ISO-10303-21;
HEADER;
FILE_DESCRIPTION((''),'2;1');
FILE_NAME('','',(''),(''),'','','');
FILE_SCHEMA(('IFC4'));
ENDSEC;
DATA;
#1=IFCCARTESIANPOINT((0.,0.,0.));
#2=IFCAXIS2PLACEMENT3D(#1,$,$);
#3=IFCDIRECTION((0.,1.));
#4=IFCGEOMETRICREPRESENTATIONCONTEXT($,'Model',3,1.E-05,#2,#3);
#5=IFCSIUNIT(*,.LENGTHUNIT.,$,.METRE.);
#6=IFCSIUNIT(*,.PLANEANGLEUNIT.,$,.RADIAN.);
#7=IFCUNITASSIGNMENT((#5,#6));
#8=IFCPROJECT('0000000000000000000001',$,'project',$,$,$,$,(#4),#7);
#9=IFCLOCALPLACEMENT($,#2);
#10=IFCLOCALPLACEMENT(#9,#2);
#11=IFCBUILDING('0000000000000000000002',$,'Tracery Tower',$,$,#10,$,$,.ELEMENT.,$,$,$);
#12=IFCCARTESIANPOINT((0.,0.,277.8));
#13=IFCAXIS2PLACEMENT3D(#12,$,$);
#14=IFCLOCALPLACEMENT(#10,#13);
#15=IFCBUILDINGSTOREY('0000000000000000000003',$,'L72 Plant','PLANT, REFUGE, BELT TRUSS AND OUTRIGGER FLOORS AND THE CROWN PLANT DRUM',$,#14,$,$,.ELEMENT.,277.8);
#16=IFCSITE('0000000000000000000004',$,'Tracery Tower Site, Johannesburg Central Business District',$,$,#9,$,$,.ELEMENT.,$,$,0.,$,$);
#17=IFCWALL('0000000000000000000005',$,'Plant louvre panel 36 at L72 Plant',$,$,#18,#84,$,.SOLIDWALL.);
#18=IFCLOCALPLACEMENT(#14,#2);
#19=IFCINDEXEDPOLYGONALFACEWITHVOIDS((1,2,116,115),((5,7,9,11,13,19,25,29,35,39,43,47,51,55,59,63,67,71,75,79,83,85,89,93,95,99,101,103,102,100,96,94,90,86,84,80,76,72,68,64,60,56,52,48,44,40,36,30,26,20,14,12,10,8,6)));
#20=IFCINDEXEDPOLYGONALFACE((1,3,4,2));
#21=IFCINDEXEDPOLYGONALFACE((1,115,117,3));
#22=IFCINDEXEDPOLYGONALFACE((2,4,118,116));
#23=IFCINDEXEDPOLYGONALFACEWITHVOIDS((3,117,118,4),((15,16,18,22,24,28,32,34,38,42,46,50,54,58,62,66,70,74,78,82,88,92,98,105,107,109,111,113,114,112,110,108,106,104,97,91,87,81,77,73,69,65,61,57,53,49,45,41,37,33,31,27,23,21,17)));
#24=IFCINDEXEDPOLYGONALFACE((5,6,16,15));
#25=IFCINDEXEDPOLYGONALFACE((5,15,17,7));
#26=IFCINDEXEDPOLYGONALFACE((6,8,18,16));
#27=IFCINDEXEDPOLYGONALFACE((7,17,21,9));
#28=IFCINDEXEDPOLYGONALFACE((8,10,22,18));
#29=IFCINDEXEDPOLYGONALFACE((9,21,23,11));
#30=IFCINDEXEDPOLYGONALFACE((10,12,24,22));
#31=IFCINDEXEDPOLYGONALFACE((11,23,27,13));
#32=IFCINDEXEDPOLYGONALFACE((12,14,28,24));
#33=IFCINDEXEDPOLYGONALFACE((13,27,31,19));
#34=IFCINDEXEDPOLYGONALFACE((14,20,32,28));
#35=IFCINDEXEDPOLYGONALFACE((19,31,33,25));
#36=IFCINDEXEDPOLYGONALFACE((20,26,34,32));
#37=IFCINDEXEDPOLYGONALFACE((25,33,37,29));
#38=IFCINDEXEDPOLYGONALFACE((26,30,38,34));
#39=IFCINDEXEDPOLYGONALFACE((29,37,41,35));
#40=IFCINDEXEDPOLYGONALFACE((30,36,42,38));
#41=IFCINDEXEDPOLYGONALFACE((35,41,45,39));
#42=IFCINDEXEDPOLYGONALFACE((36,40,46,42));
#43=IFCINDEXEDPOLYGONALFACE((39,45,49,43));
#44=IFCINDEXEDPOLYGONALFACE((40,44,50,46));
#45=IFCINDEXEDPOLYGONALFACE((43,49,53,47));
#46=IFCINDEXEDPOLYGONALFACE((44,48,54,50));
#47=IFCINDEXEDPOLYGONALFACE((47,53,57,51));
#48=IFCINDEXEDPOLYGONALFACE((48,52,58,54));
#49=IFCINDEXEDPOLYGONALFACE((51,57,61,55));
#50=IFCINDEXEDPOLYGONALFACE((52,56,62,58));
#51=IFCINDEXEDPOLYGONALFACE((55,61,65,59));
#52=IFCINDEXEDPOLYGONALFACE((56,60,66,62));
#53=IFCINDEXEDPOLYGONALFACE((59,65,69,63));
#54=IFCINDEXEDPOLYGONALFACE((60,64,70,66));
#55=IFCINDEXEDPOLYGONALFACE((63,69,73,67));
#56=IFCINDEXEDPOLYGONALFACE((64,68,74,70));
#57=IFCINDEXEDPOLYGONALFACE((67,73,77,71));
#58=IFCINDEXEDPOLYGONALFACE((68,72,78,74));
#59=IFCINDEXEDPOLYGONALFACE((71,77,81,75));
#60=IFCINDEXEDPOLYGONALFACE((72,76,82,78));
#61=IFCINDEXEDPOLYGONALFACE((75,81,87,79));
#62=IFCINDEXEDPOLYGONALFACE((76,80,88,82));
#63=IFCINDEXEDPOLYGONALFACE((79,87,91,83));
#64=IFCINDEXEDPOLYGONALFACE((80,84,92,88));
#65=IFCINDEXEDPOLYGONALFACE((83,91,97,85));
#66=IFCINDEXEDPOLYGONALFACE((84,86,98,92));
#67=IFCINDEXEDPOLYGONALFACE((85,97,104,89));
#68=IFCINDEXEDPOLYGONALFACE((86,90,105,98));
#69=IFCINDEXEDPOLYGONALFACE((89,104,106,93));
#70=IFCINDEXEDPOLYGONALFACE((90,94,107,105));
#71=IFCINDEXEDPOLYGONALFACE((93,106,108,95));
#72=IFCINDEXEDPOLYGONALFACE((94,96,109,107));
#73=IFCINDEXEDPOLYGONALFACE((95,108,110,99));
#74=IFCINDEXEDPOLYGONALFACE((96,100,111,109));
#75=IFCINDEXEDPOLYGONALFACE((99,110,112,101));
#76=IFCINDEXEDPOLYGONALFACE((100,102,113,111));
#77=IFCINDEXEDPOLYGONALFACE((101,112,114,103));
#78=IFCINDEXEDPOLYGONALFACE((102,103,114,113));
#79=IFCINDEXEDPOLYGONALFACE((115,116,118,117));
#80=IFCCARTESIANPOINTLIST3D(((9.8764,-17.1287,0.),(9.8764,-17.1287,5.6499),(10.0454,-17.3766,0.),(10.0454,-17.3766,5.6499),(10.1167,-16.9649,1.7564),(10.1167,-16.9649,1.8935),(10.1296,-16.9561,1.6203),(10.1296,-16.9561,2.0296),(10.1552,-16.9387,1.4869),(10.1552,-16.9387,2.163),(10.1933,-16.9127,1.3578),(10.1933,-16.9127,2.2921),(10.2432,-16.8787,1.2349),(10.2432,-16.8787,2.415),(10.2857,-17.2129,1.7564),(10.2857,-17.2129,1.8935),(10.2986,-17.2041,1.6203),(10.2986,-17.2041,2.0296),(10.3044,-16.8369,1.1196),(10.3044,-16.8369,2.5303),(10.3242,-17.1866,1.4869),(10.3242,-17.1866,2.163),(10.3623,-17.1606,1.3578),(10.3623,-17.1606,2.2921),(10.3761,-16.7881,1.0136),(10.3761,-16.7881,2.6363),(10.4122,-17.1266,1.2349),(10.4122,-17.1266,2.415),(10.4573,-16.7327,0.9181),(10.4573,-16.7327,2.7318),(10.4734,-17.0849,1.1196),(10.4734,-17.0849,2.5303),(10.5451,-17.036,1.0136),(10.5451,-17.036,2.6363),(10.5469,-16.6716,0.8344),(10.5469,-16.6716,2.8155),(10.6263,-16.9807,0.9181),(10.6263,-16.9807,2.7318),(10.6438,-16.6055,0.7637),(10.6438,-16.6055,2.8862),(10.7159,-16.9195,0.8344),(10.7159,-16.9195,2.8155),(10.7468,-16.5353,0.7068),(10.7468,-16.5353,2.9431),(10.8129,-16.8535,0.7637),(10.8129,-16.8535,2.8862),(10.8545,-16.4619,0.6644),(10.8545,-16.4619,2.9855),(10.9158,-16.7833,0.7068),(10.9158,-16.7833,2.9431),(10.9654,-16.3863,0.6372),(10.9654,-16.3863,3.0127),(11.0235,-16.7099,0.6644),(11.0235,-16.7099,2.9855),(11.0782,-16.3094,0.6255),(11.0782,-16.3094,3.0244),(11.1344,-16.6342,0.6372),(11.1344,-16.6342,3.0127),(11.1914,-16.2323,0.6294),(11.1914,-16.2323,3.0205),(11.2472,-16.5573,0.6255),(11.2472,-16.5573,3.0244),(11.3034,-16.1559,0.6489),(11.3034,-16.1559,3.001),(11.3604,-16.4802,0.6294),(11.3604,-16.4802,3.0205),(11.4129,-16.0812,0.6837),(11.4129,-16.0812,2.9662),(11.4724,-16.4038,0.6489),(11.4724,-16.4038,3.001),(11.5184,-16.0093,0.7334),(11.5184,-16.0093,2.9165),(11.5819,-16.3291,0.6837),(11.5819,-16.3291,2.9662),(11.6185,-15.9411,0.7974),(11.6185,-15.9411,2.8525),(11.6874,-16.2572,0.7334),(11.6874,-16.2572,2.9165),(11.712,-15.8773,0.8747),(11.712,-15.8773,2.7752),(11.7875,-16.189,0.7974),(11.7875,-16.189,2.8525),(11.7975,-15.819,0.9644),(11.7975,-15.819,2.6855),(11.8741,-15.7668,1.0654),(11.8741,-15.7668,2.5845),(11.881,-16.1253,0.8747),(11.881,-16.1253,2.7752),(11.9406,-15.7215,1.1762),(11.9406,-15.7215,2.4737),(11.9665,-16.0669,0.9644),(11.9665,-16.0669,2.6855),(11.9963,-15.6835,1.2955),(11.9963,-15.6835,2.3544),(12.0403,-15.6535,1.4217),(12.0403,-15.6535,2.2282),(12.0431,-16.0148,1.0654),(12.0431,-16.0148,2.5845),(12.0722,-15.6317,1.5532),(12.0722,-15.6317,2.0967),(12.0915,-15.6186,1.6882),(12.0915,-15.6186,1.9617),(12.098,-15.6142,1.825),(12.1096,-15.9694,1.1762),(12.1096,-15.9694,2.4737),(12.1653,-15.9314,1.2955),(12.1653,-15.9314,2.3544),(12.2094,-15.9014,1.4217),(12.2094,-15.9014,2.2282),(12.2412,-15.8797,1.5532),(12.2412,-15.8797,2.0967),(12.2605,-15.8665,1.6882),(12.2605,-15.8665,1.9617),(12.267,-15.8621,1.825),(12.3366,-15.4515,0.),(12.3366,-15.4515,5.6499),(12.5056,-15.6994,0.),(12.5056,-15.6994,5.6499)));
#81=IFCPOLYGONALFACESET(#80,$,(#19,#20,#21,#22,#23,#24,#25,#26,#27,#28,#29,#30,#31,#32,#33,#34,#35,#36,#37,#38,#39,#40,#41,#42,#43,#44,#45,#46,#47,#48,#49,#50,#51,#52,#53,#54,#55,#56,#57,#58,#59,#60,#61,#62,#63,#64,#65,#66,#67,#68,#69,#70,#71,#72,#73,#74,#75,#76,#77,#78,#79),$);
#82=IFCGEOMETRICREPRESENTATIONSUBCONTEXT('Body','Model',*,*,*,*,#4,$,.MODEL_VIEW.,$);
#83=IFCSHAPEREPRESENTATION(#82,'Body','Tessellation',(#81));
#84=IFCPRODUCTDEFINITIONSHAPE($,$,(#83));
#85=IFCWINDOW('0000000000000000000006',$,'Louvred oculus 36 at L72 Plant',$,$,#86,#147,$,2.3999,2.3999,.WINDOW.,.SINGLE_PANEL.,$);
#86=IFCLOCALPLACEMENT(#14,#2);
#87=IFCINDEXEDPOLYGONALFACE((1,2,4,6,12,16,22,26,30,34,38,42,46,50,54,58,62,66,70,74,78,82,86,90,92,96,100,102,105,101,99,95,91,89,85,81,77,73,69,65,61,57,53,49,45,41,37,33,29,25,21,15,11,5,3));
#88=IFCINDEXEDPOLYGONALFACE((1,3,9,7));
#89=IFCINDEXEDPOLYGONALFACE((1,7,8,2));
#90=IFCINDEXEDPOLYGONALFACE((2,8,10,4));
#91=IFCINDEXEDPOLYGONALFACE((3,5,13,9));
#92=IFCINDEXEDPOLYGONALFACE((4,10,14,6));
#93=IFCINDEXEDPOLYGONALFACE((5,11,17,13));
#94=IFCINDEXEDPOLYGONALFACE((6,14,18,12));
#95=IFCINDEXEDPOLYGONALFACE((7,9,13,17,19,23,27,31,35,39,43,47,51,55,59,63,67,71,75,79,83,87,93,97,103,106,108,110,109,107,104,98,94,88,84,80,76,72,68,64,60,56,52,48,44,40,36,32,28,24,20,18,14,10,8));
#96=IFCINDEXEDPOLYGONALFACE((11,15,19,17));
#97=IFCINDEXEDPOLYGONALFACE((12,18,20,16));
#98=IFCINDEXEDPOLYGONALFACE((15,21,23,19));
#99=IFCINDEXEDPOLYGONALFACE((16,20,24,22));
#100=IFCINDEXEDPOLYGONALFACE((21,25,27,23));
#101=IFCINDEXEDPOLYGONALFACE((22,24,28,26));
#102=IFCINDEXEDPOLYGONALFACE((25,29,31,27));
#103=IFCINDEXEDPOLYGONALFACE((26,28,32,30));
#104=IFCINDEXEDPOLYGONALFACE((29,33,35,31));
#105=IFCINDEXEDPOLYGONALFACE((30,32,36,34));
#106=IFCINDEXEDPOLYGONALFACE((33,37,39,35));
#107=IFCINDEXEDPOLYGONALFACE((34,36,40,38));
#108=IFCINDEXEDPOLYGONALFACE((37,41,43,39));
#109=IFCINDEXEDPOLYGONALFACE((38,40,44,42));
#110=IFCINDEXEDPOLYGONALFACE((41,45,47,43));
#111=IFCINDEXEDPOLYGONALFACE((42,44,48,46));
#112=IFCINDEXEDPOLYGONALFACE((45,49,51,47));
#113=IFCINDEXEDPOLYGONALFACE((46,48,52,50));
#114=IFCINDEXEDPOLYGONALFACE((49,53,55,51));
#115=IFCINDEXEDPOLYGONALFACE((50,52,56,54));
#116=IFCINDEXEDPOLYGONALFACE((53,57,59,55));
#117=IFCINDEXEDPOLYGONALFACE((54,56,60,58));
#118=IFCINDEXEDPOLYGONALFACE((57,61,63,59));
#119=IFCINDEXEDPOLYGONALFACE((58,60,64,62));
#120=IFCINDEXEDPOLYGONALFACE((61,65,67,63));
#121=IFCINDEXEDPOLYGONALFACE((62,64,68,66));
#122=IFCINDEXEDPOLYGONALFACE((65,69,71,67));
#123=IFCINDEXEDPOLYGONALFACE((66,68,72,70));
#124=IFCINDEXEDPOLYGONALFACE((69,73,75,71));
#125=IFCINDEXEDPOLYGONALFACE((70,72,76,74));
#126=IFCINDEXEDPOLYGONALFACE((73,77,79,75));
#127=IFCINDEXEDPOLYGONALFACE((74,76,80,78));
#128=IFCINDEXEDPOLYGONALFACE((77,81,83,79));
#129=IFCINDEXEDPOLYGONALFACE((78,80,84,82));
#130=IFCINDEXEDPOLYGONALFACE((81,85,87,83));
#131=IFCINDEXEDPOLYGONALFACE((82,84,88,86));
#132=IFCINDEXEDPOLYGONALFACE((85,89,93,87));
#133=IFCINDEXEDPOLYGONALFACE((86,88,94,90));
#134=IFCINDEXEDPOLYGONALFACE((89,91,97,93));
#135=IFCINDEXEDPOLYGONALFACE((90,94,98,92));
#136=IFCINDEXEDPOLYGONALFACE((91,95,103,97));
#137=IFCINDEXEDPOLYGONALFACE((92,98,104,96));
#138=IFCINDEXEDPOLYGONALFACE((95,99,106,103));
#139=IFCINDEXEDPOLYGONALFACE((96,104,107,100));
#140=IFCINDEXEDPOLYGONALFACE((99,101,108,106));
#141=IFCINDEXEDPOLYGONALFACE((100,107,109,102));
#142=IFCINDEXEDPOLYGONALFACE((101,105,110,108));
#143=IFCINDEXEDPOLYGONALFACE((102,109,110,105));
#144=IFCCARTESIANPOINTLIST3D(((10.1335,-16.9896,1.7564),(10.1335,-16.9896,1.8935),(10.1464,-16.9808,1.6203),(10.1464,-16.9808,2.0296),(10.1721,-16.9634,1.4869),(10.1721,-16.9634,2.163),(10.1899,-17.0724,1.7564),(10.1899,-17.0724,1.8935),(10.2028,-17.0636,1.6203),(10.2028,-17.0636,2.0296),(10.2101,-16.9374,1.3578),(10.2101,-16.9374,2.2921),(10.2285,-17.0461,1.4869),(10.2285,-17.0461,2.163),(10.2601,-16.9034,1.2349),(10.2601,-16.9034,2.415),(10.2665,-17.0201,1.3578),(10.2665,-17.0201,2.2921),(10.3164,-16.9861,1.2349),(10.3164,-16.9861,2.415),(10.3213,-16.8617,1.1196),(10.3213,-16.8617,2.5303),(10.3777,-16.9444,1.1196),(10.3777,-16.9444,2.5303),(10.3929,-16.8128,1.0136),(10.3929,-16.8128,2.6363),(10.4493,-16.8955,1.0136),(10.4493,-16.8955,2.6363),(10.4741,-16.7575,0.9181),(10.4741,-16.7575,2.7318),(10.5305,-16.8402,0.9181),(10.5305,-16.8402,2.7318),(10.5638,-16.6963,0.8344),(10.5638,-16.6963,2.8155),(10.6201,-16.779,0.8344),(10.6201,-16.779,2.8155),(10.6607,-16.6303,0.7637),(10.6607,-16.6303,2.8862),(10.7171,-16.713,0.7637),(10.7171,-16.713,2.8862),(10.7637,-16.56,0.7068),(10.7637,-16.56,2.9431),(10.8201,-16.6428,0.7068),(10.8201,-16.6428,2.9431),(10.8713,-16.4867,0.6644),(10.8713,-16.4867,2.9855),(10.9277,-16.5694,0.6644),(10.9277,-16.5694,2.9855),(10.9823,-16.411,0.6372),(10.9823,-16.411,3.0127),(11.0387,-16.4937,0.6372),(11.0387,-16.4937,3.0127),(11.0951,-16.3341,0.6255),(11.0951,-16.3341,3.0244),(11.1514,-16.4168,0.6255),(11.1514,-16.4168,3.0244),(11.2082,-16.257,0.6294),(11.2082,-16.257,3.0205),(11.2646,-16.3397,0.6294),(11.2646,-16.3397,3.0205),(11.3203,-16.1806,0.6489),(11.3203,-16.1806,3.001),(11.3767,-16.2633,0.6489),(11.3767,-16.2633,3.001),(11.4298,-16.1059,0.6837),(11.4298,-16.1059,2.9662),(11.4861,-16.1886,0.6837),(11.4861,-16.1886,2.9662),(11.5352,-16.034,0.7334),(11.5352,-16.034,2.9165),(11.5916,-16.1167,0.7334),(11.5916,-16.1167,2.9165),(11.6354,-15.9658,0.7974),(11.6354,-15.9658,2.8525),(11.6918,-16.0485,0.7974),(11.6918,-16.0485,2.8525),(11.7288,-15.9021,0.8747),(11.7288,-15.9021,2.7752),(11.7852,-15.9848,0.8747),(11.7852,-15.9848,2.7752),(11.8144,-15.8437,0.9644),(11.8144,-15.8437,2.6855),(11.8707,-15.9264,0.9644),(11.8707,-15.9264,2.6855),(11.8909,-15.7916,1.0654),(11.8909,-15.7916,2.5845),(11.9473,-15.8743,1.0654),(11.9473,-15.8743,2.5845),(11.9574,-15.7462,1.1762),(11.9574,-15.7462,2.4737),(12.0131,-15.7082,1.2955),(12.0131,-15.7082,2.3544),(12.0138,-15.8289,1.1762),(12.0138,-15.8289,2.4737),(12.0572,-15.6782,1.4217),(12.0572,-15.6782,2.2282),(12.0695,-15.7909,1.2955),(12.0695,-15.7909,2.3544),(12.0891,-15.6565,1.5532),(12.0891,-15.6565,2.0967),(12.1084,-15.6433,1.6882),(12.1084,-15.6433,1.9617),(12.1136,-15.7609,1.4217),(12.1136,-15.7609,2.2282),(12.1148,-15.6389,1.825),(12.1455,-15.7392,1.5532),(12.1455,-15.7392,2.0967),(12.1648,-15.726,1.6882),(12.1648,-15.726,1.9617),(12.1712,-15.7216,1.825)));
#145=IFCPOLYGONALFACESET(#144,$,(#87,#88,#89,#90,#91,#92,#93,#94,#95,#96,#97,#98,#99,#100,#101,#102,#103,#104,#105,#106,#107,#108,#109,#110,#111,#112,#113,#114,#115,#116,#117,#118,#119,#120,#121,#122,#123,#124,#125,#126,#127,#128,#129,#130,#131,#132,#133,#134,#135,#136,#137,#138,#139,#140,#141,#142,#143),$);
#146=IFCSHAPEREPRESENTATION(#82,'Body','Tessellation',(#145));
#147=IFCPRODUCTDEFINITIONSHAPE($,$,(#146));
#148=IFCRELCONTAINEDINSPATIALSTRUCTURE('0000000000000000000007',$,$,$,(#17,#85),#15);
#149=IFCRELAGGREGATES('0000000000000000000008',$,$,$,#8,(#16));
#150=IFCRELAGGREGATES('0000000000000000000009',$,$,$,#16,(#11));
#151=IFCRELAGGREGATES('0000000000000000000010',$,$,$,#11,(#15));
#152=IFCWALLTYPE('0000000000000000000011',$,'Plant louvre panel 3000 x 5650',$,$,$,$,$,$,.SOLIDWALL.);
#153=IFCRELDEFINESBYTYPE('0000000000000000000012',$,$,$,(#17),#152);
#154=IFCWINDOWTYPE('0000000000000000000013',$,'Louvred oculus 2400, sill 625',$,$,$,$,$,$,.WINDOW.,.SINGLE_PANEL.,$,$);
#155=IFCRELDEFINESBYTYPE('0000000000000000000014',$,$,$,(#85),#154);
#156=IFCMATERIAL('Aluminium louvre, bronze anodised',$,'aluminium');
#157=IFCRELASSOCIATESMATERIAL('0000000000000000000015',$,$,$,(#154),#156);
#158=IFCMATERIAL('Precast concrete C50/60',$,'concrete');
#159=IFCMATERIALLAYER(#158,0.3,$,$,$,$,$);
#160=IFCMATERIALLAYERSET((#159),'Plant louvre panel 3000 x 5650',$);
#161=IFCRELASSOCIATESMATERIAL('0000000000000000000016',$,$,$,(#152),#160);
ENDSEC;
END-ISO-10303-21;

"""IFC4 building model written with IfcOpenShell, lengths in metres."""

from ifc_helpers import new_model, si_unit, direction, frame, frame_2d, origin, origin_2d, place, context, subcontext, project, spatial, rectangle, circle, extrude, material, layer, layer_set, type_object, element, fill, save


model = new_model("IFC4")

# Units and contexts
model_context = context("Model", 3, precision=1e-05, world=origin(), true_north=direction((0.0, 1.0)))
body_context = subcontext(model_context, "Body", "Model", "MODEL_VIEW")
ifc_project = project(units=[si_unit("LENGTHUNIT", "METRE"), si_unit("PLANEANGLEUNIT", "RADIAN")], contexts=[model_context])

# Site, building, storey
site_placement = place(None, origin())
site = spatial("IfcSite", under=ifc_project, at=site_placement, Name="Tracery Tower Site, Johannesburg Central Business District", CompositionType="ELEMENT", RefElevation=0.0)
building_placement = place(site_placement, origin())
building = spatial("IfcBuilding", under=site, at=building_placement, Name="Tracery Tower", CompositionType="ELEMENT")
storey_placement = place(building_placement, frame((0.0, 0.0, 277.8)))
storey = spatial("IfcBuildingStorey", under=building, at=storey_placement, Name="L72 Plant", Description="PLANT, REFUGE, BELT TRUSS AND OUTRIGGER FLOORS AND THE CROWN PLANT DRUM", CompositionType="ELEMENT", Elevation=277.8)

# Wall, opening, window
ifc_material_1 = material(Name="Aluminium louvre, bronze anodised", Category="aluminium")
window_type = type_object("IfcWindowType", Name="Louvred oculus 2400, sill 625", PartitioningType="SINGLE_PANEL", PredefinedType="WINDOW", material=ifc_material_1)
ifc_material_2 = material(Name="Precast concrete C50/60", Category="concrete")
ifc_layer_1 = layer(ifc_material_2, 0.3)
ifc_layer_set_1 = layer_set([ifc_layer_1], Name="Plant louvre panel 3000 x 5650")
wall_type_1 = type_object("IfcWallType", Name="Plant louvre panel 3000 x 5650", PredefinedType="SOLIDWALL", material=ifc_layer_set_1)
wall_1_placement = place(storey_placement, frame((9.9609, -17.2527, 0.0), z_axis=(0.0, 0.0, 1.0), x_axis=(0.826253, 0.563299, 0.0)))
wall_1 = element("IfcWall", 1, at=wall_1_placement, inside=storey, type_object=wall_type_1, Name="Plant louvre panel 36 at L72 Plant", PredefinedType="SOLIDWALL", context=body_context, shape_type="SweptSolid", body=[
    extrude(rectangle(XDim=2.9775, YDim=0.3, at=frame_2d((1.4888, 0.0))), origin(), (0.0, 0.0, 1.0), 5.6499),
])
opening_1_placement = place(wall_1_placement, frame((1.4888, 0.0, 1.825)))
opening_1 = element("IfcOpeningElement", 2, at=opening_1_placement, cuts=wall_1, PredefinedType="OPENING", context=body_context, shape_type="SweptSolid", body=[
    extrude(circle(Radius=1.2, at=origin_2d()), frame((0.0, 0.1599, 0.0), z_axis=(0.0, -1.0, 0.0), x_axis=(1.0, 0.0, 0.0)), (0.0, 0.0, 1.0), 0.3201),
])
window_1_placement = place(opening_1_placement, origin())
window_1 = element("IfcWindow", 3, at=window_1_placement, inside=storey, type_object=window_type, Name="Louvred oculus 36 at L72 Plant", OverallHeight=2.3999, OverallWidth=2.3999, PartitioningType="SINGLE_PANEL", PredefinedType="WINDOW", context=body_context, shape_type="SweptSolid", body=[
    extrude(circle(Radius=1.2, at=origin_2d()), frame((0.0, 0.1201, 0.0), z_axis=(0.0, -1.0, 0.0), x_axis=(1.0, 0.0, 0.0)), (0.0, 0.0, 1.0), 0.1001),
])
fill(opening_1, window_1)

save(model, "model.ifc")
